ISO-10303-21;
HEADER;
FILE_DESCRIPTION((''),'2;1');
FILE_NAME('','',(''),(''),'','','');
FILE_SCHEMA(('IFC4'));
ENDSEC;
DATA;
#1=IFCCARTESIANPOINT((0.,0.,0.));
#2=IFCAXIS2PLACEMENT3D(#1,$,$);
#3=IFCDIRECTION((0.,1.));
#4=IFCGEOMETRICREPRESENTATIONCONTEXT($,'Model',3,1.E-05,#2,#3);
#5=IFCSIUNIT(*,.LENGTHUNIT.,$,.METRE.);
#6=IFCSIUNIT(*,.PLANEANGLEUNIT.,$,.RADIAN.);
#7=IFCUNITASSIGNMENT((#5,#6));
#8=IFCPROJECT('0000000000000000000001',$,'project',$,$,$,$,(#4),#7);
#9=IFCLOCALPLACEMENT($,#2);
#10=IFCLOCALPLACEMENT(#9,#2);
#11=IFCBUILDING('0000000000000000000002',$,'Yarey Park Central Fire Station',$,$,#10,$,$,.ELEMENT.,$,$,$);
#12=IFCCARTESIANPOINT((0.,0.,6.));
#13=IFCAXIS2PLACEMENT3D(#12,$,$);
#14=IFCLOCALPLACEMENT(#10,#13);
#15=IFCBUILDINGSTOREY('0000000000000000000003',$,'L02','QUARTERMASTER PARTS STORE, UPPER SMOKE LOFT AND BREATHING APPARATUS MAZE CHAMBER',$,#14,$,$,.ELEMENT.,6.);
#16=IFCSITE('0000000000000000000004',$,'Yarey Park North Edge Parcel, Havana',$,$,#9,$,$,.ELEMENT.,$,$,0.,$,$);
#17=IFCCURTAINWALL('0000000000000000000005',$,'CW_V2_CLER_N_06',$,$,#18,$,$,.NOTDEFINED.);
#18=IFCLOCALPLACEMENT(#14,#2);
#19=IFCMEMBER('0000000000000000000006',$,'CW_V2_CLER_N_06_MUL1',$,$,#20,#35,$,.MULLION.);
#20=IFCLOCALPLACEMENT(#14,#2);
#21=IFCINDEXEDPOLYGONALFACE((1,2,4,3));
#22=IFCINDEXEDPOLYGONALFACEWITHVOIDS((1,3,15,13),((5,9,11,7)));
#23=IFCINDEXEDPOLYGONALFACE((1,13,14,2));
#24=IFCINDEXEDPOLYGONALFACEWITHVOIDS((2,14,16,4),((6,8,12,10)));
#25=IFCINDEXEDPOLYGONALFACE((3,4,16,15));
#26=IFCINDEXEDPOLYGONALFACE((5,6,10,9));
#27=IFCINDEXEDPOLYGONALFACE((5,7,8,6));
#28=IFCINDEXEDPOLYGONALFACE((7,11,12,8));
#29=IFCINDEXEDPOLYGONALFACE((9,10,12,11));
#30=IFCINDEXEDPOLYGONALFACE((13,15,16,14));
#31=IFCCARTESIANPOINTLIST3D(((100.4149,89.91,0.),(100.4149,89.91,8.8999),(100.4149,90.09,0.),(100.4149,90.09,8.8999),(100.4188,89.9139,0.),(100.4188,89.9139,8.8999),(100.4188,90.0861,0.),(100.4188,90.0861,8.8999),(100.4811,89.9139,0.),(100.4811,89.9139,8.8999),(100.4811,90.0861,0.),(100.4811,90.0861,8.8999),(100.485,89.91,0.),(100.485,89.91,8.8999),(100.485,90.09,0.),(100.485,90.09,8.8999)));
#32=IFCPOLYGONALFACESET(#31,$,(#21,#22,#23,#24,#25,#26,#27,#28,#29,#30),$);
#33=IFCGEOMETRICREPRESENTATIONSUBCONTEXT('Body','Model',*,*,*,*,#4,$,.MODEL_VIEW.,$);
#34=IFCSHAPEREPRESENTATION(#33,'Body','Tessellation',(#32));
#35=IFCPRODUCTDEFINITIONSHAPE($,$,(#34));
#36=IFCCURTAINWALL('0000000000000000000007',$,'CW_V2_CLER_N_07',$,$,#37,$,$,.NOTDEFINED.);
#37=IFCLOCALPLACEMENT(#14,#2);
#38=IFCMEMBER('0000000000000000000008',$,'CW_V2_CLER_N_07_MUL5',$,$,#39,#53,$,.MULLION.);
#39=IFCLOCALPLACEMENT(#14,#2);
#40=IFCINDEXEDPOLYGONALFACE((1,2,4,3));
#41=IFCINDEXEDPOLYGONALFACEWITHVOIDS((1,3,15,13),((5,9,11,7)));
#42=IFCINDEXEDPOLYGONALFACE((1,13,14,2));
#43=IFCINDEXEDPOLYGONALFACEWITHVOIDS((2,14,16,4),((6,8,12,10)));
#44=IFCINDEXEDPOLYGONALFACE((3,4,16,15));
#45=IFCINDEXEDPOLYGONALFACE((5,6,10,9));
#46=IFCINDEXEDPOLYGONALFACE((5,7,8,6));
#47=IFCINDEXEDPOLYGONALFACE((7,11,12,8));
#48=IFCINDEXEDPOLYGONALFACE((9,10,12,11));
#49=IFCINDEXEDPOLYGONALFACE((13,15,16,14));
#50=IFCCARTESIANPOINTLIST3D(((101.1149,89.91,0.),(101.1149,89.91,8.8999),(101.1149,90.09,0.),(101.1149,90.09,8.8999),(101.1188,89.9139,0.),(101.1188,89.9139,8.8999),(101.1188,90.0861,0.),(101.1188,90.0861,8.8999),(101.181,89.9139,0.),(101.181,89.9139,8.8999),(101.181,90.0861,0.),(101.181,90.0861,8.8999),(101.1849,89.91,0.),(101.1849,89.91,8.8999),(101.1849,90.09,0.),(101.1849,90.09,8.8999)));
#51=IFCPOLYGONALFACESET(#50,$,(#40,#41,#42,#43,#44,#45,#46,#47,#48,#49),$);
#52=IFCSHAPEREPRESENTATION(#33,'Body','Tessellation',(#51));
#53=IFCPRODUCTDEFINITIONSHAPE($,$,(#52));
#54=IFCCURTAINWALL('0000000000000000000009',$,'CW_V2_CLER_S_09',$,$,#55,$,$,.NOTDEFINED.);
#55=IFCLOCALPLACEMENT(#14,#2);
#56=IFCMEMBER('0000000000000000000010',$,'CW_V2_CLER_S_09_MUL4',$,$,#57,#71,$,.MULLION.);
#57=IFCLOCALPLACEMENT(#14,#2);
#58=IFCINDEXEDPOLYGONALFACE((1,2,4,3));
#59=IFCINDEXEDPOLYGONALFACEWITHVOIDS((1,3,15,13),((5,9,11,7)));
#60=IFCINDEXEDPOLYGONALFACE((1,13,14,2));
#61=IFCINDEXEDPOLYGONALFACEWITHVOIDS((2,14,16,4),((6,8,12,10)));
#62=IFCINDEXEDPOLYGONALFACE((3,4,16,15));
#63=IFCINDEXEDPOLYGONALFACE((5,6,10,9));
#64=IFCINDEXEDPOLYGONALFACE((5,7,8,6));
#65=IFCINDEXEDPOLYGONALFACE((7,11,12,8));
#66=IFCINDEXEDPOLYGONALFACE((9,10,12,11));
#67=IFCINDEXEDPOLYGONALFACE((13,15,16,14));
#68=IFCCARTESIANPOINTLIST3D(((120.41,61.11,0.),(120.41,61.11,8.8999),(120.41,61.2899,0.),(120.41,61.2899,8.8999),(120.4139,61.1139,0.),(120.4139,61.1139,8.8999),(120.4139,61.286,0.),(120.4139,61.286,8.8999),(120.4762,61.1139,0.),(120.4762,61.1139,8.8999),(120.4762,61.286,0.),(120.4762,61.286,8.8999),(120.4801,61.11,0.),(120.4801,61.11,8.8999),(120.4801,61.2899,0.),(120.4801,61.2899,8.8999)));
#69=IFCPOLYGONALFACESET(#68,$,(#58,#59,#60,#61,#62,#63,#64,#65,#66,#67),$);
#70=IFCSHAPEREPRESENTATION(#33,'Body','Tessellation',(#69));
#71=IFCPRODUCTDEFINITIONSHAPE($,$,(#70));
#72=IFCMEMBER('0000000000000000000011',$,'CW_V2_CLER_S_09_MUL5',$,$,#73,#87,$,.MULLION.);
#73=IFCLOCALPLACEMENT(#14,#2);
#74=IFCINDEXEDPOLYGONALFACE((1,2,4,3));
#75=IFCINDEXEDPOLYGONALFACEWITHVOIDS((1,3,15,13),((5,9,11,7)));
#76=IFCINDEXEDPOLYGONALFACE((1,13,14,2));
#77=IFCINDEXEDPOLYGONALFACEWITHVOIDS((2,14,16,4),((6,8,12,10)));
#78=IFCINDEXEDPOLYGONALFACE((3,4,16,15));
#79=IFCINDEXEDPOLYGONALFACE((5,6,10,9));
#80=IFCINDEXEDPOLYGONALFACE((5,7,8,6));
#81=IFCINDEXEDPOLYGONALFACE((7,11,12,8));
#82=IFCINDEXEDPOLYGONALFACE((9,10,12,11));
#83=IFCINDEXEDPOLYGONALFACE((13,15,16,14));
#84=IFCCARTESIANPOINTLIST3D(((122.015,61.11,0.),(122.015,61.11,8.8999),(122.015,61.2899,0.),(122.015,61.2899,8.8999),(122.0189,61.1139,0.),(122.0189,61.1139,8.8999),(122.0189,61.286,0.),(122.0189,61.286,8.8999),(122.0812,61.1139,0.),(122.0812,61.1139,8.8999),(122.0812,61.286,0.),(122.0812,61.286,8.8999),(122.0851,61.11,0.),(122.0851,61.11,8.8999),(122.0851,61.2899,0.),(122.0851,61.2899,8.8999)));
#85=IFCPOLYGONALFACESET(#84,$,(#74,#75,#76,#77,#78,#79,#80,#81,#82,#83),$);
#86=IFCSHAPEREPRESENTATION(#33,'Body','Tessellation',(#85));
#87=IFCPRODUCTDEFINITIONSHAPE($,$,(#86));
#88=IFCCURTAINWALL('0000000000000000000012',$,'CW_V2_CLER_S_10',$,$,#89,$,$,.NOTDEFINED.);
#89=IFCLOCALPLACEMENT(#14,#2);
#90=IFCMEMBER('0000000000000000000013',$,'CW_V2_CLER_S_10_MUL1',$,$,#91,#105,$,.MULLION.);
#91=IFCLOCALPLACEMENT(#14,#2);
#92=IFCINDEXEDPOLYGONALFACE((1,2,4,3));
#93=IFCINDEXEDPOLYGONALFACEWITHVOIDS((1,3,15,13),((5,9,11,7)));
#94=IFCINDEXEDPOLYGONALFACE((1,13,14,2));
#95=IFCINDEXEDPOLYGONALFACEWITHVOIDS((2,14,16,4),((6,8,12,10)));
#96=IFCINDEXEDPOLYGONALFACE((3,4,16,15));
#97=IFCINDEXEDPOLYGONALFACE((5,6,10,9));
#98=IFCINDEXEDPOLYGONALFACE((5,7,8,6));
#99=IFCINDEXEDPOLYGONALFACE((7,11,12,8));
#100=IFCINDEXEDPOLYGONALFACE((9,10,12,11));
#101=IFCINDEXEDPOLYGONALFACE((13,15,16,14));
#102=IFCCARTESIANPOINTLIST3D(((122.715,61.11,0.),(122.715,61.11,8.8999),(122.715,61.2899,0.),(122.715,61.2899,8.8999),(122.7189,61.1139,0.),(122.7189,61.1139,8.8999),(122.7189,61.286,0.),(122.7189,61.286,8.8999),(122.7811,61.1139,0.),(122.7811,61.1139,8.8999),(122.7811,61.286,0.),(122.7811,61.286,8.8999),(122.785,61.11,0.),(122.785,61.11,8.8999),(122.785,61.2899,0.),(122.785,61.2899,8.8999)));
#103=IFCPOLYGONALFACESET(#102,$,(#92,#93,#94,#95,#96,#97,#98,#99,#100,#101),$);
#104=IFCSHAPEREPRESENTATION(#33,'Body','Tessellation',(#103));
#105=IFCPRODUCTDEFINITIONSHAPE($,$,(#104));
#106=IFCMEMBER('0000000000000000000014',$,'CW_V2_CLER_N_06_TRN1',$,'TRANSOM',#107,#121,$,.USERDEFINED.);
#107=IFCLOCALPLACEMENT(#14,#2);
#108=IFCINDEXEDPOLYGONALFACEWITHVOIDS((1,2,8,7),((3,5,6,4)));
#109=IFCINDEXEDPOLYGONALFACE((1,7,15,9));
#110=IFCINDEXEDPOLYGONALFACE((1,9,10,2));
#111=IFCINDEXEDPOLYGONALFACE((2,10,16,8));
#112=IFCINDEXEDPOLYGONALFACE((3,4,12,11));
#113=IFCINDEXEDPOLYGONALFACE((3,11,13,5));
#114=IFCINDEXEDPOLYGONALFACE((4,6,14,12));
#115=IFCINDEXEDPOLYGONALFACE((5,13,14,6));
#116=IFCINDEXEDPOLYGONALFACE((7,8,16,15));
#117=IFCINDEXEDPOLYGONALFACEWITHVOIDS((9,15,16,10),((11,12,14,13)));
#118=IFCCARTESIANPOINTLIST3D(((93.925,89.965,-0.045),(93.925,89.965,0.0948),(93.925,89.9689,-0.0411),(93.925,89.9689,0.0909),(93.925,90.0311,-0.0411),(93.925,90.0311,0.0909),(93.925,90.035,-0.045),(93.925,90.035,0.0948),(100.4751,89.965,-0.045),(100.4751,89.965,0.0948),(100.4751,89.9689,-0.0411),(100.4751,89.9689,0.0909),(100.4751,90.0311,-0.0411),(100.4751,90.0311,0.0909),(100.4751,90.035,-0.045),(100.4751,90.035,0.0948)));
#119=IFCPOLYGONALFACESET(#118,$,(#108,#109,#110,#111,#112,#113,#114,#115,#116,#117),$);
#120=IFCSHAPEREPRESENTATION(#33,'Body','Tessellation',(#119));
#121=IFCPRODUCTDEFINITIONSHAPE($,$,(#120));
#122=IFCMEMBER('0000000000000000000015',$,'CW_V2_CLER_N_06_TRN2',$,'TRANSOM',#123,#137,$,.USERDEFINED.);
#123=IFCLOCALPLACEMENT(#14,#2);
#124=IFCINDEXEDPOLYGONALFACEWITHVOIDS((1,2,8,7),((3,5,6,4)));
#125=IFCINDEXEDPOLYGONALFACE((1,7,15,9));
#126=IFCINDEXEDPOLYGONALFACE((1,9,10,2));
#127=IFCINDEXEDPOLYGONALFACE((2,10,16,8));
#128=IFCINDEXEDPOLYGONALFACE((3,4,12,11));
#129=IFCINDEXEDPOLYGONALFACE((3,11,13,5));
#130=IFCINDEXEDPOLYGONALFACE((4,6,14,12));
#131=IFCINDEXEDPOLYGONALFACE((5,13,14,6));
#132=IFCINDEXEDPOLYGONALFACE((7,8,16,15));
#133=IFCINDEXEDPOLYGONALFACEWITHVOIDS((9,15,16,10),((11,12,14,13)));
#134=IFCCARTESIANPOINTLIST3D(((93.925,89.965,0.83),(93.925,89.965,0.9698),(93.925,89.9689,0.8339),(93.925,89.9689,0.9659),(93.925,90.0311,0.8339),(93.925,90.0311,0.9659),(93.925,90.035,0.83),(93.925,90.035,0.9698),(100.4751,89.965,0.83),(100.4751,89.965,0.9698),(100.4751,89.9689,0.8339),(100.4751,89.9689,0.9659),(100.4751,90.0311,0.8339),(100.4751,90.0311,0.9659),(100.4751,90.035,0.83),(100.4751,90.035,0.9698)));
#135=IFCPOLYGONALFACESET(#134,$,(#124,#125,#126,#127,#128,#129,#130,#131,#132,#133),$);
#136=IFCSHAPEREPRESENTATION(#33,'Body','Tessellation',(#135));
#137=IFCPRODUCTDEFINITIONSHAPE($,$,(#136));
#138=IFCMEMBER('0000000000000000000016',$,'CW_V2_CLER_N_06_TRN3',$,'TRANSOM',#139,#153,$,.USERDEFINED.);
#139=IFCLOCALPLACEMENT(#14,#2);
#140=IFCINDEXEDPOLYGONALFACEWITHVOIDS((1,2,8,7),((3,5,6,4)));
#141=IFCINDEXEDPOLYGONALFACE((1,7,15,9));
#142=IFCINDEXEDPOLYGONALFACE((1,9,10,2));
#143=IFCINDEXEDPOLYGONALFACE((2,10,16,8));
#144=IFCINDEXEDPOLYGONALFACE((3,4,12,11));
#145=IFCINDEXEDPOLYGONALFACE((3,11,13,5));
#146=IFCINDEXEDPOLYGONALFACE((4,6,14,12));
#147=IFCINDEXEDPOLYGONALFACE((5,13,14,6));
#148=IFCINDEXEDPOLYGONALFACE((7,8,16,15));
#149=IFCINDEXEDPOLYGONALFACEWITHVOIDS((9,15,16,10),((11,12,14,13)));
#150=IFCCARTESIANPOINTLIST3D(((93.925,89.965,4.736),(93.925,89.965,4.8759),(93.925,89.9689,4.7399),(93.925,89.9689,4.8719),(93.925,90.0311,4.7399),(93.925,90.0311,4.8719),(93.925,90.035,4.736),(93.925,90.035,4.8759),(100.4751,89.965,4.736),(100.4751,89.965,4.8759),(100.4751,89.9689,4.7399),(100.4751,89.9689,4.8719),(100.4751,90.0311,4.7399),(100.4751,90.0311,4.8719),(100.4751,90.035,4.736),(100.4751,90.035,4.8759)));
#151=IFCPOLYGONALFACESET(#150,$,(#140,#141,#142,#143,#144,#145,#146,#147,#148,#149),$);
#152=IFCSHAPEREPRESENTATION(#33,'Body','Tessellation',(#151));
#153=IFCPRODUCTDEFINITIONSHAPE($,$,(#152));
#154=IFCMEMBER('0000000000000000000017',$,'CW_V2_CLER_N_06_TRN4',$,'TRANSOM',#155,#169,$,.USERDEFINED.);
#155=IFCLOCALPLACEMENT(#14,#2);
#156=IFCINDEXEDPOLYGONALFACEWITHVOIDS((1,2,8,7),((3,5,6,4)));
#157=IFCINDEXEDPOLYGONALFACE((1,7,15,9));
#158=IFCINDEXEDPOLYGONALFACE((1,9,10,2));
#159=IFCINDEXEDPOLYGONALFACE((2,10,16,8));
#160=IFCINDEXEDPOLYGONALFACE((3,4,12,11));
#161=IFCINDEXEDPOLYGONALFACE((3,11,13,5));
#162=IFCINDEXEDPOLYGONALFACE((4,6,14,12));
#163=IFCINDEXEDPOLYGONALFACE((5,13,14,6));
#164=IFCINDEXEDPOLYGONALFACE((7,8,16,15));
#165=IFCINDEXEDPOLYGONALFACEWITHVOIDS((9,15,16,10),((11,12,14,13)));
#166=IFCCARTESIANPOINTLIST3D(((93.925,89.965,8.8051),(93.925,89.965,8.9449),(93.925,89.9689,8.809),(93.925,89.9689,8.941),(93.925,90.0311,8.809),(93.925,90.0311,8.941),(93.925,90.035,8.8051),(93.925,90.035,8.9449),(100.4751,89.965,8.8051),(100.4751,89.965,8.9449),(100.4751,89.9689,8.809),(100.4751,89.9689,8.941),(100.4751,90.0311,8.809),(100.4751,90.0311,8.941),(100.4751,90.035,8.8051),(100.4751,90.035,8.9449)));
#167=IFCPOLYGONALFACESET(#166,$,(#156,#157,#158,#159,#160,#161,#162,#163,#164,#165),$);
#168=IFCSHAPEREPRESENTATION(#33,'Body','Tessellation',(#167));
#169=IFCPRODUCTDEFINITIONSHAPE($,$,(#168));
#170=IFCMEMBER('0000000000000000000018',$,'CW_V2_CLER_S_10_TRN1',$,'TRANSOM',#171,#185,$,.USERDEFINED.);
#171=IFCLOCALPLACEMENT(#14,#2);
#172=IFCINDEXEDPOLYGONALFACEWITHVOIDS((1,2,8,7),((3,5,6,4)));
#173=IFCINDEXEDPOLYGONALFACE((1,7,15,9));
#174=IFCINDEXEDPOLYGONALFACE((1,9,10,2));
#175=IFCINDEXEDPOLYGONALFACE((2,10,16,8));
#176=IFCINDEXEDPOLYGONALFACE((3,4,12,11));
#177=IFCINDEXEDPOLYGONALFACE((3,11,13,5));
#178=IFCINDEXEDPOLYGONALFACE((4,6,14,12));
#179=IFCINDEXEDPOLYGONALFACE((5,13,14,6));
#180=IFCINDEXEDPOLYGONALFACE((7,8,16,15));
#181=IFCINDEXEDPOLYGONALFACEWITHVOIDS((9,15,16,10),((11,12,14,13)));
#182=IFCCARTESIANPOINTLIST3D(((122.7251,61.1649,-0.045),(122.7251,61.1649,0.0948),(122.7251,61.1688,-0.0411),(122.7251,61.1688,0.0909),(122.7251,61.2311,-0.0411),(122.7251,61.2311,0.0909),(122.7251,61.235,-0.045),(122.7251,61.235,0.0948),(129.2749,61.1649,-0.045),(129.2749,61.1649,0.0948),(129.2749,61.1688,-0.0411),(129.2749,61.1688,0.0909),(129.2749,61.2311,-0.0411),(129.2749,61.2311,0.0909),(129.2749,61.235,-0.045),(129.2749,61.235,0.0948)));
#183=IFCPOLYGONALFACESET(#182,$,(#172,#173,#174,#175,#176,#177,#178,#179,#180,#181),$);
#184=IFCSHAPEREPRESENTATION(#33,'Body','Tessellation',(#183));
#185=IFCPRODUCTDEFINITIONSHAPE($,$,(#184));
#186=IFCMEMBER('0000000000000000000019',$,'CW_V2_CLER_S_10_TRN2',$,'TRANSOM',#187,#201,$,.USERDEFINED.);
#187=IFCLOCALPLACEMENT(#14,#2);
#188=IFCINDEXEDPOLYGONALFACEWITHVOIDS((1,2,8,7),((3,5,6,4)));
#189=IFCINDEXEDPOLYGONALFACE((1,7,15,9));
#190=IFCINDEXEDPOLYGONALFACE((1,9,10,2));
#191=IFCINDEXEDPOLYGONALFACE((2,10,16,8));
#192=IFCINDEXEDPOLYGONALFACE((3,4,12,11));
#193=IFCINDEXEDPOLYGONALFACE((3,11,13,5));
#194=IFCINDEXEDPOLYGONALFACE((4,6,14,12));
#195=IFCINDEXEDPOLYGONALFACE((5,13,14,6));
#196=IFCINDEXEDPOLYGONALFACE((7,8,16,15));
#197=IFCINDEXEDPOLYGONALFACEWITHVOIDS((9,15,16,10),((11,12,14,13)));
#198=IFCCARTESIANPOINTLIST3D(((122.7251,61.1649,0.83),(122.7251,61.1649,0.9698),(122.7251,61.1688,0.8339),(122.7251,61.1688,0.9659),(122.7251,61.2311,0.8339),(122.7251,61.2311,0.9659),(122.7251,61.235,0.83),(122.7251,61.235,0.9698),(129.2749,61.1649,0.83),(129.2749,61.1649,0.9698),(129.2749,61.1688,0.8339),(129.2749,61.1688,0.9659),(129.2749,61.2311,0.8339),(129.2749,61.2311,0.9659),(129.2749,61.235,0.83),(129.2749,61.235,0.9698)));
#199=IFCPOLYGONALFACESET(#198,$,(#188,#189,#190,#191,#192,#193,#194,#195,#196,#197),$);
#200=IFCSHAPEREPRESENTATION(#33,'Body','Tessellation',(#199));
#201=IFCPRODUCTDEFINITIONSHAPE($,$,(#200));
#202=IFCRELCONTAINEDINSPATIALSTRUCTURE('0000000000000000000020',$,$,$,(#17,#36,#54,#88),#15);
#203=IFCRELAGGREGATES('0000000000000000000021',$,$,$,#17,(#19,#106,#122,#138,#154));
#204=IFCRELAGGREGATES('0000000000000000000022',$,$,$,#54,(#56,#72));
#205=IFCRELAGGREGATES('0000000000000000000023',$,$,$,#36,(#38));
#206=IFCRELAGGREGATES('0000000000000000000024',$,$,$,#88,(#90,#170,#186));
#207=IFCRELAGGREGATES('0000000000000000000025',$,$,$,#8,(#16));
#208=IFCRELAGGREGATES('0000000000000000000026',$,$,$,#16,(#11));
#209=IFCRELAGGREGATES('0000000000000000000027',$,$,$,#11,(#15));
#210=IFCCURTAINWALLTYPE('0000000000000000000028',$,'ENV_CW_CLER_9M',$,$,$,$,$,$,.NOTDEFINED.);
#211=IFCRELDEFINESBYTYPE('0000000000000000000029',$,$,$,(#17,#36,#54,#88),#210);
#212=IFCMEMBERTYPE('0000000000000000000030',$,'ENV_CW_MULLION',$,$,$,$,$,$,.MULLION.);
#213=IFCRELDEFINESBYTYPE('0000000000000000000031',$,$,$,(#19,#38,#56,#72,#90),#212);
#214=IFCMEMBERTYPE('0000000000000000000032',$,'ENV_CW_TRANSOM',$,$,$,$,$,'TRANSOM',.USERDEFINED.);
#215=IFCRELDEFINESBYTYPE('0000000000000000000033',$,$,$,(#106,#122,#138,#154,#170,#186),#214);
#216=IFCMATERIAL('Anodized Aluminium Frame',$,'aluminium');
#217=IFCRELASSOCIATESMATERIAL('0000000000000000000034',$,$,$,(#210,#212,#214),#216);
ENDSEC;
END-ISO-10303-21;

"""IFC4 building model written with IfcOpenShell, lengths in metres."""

from ifc_helpers import new_model, si_unit, direction, frame, origin, origin_2d, place, context, subcontext, project, spatial, hollow_rectangle, extrude, material, material_profile, profile_set, type_object, element, aggregate, save


model = new_model("IFC4")

# Units and contexts
model_context = context("Model", 3, precision=1e-05, world=origin(), true_north=direction((0.0, 1.0)))
body_context = subcontext(model_context, "Body", "Model", "MODEL_VIEW")
ifc_project = project(units=[si_unit("LENGTHUNIT", "METRE"), si_unit("PLANEANGLEUNIT", "RADIAN")], contexts=[model_context])

# Site, building, storey
site_placement = place(None, origin())
site = spatial("IfcSite", under=ifc_project, at=site_placement, Name="Yarey Park North Edge Parcel, Havana", CompositionType="ELEMENT", RefElevation=0.0)
building_placement = place(site_placement, origin())
building = spatial("IfcBuilding", under=site, at=building_placement, Name="Yarey Park Central Fire Station", CompositionType="ELEMENT")
storey_placement = place(building_placement, frame((0.0, 0.0, 6.0)))
storey = spatial("IfcBuildingStorey", under=building, at=storey_placement, Name="L02", Description="QUARTERMASTER PARTS STORE, UPPER SMOKE LOFT AND BREATHING APPARATUS MAZE CHAMBER", CompositionType="ELEMENT", Elevation=6.0)

# Curtain walls, members
ifc_material_1 = material(Name="Anodized Aluminium Frame", Category="aluminium")
curtain_wall_type = type_object("IfcCurtainWallType", Name="ENV_CW_CLER_9M", PredefinedType="NOTDEFINED", material=ifc_material_1)
curtain_wall_1_placement = place(storey_placement, origin())
curtain_wall_1 = element("IfcCurtainWall", 1, at=curtain_wall_1_placement, inside=storey, type_object=curtain_wall_type, Name="CW_V2_CLER_N_06", PredefinedType="NOTDEFINED")
ifc_material_profile_1 = material_profile(ifc_material_1, hollow_rectangle(XDim=0.0701, YDim=0.1799, WallThickness=0.0039, at=origin_2d()), Name="ALU 180x70x4")
ifc_profile_set_1 = profile_set([ifc_material_profile_1], Name="Anodized Aluminium Frame")
member_type_1 = type_object("IfcMemberType", Name="ENV_CW_MULLION", PredefinedType="MULLION", material=ifc_profile_set_1)
member_1_placement = place(storey_placement, frame((100.45, 90.0, 0.0), z_axis=(0.0, 0.0, 1.0), x_axis=(1.0, 0.0, 0.0)))
member_1 = element("IfcMember", 2, at=member_1_placement, type_object=member_type_1, Name="CW_V2_CLER_N_06_MUL1", PredefinedType="MULLION", context=body_context, shape_type="SweptSolid", body=[
    extrude(hollow_rectangle(XDim=0.0701, YDim=0.1799, WallThickness=0.0039, at=origin_2d()), origin(), (0.0, 0.0, 1.0), 8.8999),
])
curtain_wall_2_placement = place(storey_placement, origin())
curtain_wall_2 = element("IfcCurtainWall", 3, at=curtain_wall_2_placement, inside=storey, type_object=curtain_wall_type, Name="CW_V2_CLER_N_07", PredefinedType="NOTDEFINED")
member_2_placement = place(storey_placement, frame((101.1499, 90.0, 0.0), z_axis=(0.0, 0.0, 1.0), x_axis=(1.0, 0.0, 0.0)))
member_2 = element("IfcMember", 4, at=member_2_placement, type_object=member_type_1, Name="CW_V2_CLER_N_07_MUL5", PredefinedType="MULLION", context=body_context, shape_type="SweptSolid", body=[
    extrude(hollow_rectangle(XDim=0.0701, YDim=0.1799, WallThickness=0.0039, at=origin_2d()), origin(), (0.0, 0.0, 1.0), 8.8999),
])

# Curtain wall, members
curtain_wall_3_placement = place(storey_placement, origin())
curtain_wall_3 = element("IfcCurtainWall", 5, at=curtain_wall_3_placement, inside=storey, type_object=curtain_wall_type, Name="CW_V2_CLER_S_09", PredefinedType="NOTDEFINED")
member_3_placement = place(storey_placement, frame((120.4451, 61.2, 0.0), z_axis=(0.0, 0.0, 1.0), x_axis=(1.0, 0.0, 0.0)))
member_3 = element("IfcMember", 6, at=member_3_placement, type_object=member_type_1, Name="CW_V2_CLER_S_09_MUL4", PredefinedType="MULLION", context=body_context, shape_type="SweptSolid", body=[
    extrude(hollow_rectangle(XDim=0.0701, YDim=0.1799, WallThickness=0.0039, at=origin_2d()), origin(), (0.0, 0.0, 1.0), 8.8999),
])
member_4_placement = place(storey_placement, frame((122.05, 61.2, 0.0), z_axis=(0.0, 0.0, 1.0), x_axis=(1.0, 0.0, 0.0)))
member_4 = element("IfcMember", 7, at=member_4_placement, type_object=member_type_1, Name="CW_V2_CLER_S_09_MUL5", PredefinedType="MULLION", context=body_context, shape_type="SweptSolid", body=[
    extrude(hollow_rectangle(XDim=0.0701, YDim=0.1799, WallThickness=0.0039, at=origin_2d()), origin(), (0.0, 0.0, 1.0), 8.8999),
])

# Curtain wall, member
curtain_wall_4_placement = place(storey_placement, origin())
curtain_wall_4 = element("IfcCurtainWall", 8, at=curtain_wall_4_placement, inside=storey, type_object=curtain_wall_type, Name="CW_V2_CLER_S_10", PredefinedType="NOTDEFINED")
member_5_placement = place(storey_placement, frame((122.75, 61.2, 0.0), z_axis=(0.0, 0.0, 1.0), x_axis=(1.0, 0.0, 0.0)))
member_5 = element("IfcMember", 9, at=member_5_placement, type_object=member_type_1, Name="CW_V2_CLER_S_10_MUL1", PredefinedType="MULLION", context=body_context, shape_type="SweptSolid", body=[
    extrude(hollow_rectangle(XDim=0.0701, YDim=0.1799, WallThickness=0.0039, at=origin_2d()), origin(), (0.0, 0.0, 1.0), 8.8999),
])

# Members
ifc_material_profile_2 = material_profile(ifc_material_1, hollow_rectangle(XDim=0.0701, YDim=0.1399, WallThickness=0.0039, at=origin_2d()), Name="ALU 140x70x4")
ifc_profile_set_2 = profile_set([ifc_material_profile_2], Name="Anodized Aluminium Frame")
member_type_2 = type_object("IfcMemberType", Name="ENV_CW_TRANSOM", ElementType="TRANSOM", PredefinedType="USERDEFINED", material=ifc_profile_set_2)
member_6_placement = place(storey_placement, frame((100.4751, 90.0, 0.0249), z_axis=(-1.0, 0.0, 0.0), x_axis=(0.0, -1.0, 0.0)))
member_6 = element("IfcMember", 10, at=member_6_placement, type_object=member_type_2, Name="CW_V2_CLER_N_06_TRN1", ObjectType="TRANSOM", PredefinedType="USERDEFINED", context=body_context, shape_type="SweptSolid", body=[
    extrude(hollow_rectangle(XDim=0.0701, YDim=0.1399, WallThickness=0.0039, at=origin_2d()), origin(), (0.0, 0.0, 1.0), 6.55),
])
member_7_placement = place(storey_placement, frame((100.4751, 90.0, 0.8999), z_axis=(-1.0, 0.0, 0.0), x_axis=(0.0, -1.0, 0.0)))
member_7 = element("IfcMember", 11, at=member_7_placement, type_object=member_type_2, Name="CW_V2_CLER_N_06_TRN2", ObjectType="TRANSOM", PredefinedType="USERDEFINED", context=body_context, shape_type="SweptSolid", body=[
    extrude(hollow_rectangle(XDim=0.0701, YDim=0.1399, WallThickness=0.0039, at=origin_2d()), origin(), (0.0, 0.0, 1.0), 6.55),
])
member_8_placement = place(storey_placement, frame((100.4751, 90.0, 4.8059), z_axis=(-1.0, 0.0, 0.0), x_axis=(0.0, -1.0, 0.0)))
member_8 = element("IfcMember", 12, at=member_8_placement, type_object=member_type_2, Name="CW_V2_CLER_N_06_TRN3", ObjectType="TRANSOM", PredefinedType="USERDEFINED", context=body_context, shape_type="SweptSolid", body=[
    extrude(hollow_rectangle(XDim=0.0701, YDim=0.1399, WallThickness=0.0039, at=origin_2d()), origin(), (0.0, 0.0, 1.0), 6.55),
])
member_9_placement = place(storey_placement, frame((100.4751, 90.0, 8.875), z_axis=(-1.0, 0.0, 0.0), x_axis=(0.0, -1.0, 0.0)))
member_9 = element("IfcMember", 13, at=member_9_placement, type_object=member_type_2, Name="CW_V2_CLER_N_06_TRN4", ObjectType="TRANSOM", PredefinedType="USERDEFINED", context=body_context, shape_type="SweptSolid", body=[
    extrude(hollow_rectangle(XDim=0.0701, YDim=0.1399, WallThickness=0.0039, at=origin_2d()), origin(), (0.0, 0.0, 1.0), 6.55),
])
member_10_placement = place(storey_placement, frame((122.7251, 61.2, 0.0249), z_axis=(1.0, 0.0, 0.0), x_axis=(0.0, 1.0, 0.0)))
member_10 = element("IfcMember", 14, at=member_10_placement, type_object=member_type_2, Name="CW_V2_CLER_S_10_TRN1", ObjectType="TRANSOM", PredefinedType="USERDEFINED", context=body_context, shape_type="SweptSolid", body=[
    extrude(hollow_rectangle(XDim=0.0701, YDim=0.1399, WallThickness=0.0039, at=origin_2d()), origin(), (0.0, 0.0, 1.0), 6.5498),
])
member_11_placement = place(storey_placement, frame((122.7251, 61.2, 0.8999), z_axis=(1.0, 0.0, 0.0), x_axis=(0.0, 1.0, 0.0)))
member_11 = element("IfcMember", 15, at=member_11_placement, type_object=member_type_2, Name="CW_V2_CLER_S_10_TRN2", ObjectType="TRANSOM", PredefinedType="USERDEFINED", context=body_context, shape_type="SweptSolid", body=[
    extrude(hollow_rectangle(XDim=0.0701, YDim=0.1399, WallThickness=0.0039, at=origin_2d()), origin(), (0.0, 0.0, 1.0), 6.5498),
])

aggregate(curtain_wall_1, [member_1, member_6, member_7, member_8, member_9])
aggregate(curtain_wall_3, [member_3, member_4])
aggregate(curtain_wall_2, [member_2])
aggregate(curtain_wall_4, [member_5, member_10, member_11])

save(model, "model.ifc")
